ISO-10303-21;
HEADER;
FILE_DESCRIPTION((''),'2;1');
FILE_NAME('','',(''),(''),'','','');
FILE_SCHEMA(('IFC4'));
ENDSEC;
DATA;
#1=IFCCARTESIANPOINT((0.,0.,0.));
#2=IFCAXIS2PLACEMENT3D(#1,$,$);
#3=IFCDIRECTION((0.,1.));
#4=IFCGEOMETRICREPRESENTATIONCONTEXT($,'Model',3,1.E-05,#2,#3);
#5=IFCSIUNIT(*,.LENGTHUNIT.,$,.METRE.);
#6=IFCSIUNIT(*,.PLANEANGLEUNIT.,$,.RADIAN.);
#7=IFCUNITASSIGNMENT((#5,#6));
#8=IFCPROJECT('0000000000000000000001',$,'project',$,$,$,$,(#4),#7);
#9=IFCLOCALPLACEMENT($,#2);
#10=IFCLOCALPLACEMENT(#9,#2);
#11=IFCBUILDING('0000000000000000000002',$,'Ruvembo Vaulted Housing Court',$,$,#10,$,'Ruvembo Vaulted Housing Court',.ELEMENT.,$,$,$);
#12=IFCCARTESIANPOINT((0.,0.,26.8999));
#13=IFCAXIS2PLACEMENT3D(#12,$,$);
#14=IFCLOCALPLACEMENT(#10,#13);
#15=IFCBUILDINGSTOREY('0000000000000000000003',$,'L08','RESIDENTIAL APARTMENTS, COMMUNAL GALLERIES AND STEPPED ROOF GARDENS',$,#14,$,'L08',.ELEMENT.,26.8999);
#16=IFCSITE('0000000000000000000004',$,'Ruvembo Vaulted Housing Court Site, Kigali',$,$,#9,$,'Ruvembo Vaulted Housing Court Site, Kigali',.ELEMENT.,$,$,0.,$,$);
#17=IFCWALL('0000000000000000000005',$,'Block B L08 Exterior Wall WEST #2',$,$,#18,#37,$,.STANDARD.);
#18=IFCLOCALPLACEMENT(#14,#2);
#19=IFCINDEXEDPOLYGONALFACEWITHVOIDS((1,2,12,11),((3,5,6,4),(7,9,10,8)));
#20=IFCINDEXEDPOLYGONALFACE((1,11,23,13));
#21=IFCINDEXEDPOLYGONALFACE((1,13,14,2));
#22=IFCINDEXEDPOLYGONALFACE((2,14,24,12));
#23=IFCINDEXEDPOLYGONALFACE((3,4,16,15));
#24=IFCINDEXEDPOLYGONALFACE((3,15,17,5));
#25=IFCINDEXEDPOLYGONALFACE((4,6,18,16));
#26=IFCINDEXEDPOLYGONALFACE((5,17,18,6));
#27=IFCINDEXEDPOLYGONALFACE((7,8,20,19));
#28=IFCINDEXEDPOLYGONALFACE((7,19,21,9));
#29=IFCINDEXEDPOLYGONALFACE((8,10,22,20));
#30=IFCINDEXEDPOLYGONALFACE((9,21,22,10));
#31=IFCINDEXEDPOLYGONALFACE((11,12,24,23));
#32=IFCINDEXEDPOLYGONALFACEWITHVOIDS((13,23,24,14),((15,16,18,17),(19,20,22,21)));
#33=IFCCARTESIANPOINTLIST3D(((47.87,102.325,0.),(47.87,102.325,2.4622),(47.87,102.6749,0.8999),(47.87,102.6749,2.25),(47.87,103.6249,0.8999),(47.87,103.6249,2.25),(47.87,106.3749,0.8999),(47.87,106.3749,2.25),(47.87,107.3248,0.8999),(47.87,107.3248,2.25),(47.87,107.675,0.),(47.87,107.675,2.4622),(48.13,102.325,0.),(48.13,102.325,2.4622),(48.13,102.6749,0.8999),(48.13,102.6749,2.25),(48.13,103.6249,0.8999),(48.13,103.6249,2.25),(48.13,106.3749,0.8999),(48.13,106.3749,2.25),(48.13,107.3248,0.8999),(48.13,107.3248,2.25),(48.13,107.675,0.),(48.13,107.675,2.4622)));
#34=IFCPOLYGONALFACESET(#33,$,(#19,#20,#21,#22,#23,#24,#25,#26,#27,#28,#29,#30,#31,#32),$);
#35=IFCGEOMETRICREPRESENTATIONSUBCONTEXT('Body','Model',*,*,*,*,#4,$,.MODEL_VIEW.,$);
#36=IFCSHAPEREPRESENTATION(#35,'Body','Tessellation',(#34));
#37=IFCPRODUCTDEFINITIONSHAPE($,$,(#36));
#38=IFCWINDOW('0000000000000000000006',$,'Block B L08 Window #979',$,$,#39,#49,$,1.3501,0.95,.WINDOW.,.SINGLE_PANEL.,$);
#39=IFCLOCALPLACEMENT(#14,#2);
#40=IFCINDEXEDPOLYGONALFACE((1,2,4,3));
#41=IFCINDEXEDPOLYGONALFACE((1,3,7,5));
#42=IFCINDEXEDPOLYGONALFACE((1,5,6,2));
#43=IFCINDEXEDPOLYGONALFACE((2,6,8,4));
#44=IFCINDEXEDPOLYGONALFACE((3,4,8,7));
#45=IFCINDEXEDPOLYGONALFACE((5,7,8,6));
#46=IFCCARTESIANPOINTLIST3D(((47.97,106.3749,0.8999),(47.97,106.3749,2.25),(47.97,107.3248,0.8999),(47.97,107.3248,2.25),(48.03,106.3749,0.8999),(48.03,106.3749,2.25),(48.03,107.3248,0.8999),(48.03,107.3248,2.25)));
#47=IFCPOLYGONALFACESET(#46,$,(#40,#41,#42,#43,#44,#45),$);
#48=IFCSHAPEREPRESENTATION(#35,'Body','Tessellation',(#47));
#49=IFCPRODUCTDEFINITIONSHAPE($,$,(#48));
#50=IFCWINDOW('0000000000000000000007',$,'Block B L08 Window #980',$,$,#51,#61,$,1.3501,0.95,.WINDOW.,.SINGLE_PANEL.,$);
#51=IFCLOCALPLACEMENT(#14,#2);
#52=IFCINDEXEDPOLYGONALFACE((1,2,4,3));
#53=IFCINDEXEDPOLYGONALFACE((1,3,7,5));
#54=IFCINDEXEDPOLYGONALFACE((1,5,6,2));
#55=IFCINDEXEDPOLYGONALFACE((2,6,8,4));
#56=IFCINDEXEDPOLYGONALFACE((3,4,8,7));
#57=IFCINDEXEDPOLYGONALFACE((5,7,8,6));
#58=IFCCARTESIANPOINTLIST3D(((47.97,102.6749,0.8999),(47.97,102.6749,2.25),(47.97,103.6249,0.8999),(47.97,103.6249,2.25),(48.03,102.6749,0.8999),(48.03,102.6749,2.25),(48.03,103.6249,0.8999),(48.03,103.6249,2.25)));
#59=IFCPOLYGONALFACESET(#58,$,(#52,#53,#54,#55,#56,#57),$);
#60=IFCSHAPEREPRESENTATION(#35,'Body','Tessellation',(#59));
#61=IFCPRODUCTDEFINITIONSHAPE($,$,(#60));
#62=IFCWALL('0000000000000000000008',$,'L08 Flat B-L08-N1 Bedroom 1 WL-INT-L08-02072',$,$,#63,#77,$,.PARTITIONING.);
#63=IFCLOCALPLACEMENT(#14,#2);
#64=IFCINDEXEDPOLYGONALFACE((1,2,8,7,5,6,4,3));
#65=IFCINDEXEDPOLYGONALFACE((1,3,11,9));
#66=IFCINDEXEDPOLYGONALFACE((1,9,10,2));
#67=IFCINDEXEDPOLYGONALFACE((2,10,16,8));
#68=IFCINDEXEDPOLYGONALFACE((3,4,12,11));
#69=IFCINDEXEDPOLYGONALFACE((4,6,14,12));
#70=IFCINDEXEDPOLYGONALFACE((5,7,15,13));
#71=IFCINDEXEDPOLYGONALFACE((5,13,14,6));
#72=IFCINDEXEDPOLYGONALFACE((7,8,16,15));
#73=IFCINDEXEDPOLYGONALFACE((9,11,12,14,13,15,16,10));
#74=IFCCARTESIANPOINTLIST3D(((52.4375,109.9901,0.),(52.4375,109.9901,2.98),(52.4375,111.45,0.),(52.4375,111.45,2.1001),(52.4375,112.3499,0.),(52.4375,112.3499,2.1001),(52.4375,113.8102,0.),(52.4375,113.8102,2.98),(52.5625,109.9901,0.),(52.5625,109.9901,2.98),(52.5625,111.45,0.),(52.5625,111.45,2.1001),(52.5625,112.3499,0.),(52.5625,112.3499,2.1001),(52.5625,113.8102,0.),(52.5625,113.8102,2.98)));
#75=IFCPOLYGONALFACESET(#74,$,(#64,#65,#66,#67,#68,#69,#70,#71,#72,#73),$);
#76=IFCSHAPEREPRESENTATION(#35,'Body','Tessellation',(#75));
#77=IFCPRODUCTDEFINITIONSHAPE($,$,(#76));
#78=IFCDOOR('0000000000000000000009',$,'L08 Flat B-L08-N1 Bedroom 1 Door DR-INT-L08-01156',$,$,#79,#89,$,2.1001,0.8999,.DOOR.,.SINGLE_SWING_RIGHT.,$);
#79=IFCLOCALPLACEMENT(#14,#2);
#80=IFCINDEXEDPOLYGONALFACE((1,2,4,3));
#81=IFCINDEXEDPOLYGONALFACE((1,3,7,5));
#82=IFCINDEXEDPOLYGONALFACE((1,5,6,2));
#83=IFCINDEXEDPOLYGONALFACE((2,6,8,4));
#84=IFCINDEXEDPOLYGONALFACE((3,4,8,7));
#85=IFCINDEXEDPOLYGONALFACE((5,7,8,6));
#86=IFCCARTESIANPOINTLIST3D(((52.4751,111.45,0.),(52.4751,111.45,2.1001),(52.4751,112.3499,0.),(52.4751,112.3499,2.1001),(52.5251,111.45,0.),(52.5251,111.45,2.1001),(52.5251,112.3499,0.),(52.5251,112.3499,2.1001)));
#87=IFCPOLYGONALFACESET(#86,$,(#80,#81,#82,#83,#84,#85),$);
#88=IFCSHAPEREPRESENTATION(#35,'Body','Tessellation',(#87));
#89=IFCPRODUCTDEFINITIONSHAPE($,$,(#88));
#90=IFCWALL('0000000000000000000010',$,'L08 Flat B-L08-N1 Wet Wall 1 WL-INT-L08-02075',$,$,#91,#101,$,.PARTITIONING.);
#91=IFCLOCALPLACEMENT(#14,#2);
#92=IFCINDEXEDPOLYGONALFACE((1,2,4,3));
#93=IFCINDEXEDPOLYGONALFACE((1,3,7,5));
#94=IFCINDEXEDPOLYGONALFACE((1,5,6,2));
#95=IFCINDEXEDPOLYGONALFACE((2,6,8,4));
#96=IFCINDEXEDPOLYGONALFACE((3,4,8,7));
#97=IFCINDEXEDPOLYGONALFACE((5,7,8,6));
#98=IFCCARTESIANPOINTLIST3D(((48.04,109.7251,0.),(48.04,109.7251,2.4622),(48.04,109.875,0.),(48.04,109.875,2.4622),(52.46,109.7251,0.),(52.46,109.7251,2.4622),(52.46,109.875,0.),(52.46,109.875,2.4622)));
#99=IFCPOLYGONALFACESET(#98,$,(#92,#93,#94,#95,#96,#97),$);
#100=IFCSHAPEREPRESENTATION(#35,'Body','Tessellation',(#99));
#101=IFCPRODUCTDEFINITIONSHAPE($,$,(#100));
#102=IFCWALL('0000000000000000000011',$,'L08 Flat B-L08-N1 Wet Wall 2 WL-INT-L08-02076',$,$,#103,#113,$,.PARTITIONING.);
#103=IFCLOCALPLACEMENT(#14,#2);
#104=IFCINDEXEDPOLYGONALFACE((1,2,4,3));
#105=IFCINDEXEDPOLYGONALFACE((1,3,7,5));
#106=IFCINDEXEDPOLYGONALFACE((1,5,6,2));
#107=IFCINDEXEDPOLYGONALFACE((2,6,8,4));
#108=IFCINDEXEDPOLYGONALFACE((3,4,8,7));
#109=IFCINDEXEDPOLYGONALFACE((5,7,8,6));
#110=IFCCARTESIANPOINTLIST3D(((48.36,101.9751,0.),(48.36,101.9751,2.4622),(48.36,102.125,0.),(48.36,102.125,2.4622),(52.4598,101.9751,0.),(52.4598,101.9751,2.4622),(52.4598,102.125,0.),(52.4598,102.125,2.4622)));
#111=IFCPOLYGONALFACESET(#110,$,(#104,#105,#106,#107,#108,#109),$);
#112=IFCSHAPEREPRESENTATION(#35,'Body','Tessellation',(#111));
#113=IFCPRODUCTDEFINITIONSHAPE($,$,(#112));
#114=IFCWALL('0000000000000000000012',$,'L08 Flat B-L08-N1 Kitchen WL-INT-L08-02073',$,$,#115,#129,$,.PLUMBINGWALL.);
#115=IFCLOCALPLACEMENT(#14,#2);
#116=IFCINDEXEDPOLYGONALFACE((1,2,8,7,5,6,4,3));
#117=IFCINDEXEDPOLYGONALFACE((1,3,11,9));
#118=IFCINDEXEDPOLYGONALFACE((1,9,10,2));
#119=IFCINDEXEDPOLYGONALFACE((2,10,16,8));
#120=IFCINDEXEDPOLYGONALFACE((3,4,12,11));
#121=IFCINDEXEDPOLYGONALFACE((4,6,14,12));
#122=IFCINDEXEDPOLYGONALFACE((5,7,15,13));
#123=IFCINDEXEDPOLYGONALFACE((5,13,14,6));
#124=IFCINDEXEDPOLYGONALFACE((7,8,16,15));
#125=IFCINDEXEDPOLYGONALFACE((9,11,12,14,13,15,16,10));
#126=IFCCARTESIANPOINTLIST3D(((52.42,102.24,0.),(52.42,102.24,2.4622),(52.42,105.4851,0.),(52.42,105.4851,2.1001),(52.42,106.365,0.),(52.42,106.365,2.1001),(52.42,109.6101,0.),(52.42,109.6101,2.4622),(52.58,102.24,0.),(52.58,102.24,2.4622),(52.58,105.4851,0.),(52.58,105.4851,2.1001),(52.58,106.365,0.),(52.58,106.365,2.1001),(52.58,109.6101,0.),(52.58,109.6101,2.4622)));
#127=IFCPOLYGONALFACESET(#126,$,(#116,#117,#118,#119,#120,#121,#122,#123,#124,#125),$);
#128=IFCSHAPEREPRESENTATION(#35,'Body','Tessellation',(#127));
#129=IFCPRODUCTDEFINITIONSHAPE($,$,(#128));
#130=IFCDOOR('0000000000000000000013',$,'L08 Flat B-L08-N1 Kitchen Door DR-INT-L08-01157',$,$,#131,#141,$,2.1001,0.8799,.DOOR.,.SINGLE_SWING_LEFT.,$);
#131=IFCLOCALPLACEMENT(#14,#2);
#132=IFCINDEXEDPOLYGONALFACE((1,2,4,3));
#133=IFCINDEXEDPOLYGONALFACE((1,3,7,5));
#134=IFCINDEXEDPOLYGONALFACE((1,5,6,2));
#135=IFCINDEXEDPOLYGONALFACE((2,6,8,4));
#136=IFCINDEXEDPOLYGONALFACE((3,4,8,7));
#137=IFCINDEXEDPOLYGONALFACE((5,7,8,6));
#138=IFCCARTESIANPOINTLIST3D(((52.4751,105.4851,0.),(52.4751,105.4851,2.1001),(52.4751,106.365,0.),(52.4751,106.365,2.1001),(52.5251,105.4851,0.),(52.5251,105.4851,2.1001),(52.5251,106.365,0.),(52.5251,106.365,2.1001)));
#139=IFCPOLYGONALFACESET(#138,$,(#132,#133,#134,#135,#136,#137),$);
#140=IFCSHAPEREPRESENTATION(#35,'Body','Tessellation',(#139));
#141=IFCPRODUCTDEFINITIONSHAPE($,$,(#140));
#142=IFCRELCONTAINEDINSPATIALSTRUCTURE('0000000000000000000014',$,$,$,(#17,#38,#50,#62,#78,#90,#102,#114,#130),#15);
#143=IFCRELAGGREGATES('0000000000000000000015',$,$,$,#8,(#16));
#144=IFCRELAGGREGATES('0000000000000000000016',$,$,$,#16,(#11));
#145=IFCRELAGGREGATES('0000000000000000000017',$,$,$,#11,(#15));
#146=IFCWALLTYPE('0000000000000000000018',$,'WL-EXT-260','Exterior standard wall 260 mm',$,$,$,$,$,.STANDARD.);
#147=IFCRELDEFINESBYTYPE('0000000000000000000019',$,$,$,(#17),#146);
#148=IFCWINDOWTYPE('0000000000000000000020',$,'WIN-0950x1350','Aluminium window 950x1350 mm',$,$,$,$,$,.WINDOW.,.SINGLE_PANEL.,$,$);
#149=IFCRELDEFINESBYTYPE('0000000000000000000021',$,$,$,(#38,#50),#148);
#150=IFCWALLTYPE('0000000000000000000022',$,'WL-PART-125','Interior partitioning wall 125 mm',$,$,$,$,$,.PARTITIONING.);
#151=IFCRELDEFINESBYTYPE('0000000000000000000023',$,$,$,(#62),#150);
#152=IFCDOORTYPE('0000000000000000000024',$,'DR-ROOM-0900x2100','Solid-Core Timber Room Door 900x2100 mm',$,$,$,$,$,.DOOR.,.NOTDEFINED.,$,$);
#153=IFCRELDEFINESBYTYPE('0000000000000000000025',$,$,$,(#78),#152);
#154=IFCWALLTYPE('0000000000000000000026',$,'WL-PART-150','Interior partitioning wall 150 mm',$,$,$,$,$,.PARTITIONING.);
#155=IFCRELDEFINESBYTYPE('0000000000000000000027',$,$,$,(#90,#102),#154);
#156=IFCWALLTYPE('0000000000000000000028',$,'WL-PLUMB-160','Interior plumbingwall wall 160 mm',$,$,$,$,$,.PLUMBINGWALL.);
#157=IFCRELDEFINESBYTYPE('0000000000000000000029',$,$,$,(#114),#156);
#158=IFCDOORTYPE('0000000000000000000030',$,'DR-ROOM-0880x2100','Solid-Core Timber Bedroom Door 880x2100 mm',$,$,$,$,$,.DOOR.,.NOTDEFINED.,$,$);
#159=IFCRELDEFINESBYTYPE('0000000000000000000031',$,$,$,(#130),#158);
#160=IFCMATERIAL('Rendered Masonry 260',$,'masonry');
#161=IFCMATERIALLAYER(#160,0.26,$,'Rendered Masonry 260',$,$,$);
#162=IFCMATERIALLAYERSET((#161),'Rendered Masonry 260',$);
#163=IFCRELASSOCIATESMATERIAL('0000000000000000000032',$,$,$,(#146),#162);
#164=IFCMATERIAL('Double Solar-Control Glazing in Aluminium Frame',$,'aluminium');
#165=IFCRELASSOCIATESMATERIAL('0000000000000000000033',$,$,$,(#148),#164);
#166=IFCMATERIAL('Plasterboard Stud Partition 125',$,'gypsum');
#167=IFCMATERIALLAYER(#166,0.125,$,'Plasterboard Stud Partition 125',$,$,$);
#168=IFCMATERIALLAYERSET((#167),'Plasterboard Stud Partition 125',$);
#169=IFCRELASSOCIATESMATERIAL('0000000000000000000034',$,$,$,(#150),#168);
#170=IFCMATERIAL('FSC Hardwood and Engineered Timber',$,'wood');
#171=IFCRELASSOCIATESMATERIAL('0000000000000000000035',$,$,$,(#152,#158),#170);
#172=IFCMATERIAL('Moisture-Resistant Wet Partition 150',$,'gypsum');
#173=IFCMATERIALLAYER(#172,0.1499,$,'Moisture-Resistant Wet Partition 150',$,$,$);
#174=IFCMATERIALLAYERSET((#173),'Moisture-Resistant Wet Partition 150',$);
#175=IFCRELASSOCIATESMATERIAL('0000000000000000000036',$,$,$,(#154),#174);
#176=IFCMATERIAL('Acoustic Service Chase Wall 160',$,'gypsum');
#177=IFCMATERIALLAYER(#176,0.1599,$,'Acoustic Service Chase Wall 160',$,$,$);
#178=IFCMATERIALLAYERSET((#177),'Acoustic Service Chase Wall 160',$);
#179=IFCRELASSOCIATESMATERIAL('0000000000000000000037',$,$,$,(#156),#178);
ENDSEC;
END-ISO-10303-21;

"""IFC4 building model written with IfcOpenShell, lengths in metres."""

from ifc_helpers import new_model, si_unit, direction, frame, frame_2d, origin, place, context, subcontext, project, spatial, rectangle, extrude, material, layer, layer_set, type_object, element, fill, save


model = new_model("IFC4")

# Units and contexts
model_context = context("Model", 3, precision=1e-05, world=origin(), true_north=direction((0.0, 1.0)))
body_context = subcontext(model_context, "Body", "Model", "MODEL_VIEW")
ifc_project = project(units=[si_unit("LENGTHUNIT", "METRE"), si_unit("PLANEANGLEUNIT", "RADIAN")], contexts=[model_context])

# Site, building, storey
site_placement = place(None, origin())
site = spatial("IfcSite", under=ifc_project, at=site_placement, Name="Ruvembo Vaulted Housing Court Site, Kigali", LongName="Ruvembo Vaulted Housing Court Site, Kigali", CompositionType="ELEMENT", RefElevation=0.0)
building_placement = place(site_placement, origin())
building = spatial("IfcBuilding", under=site, at=building_placement, Name="Ruvembo Vaulted Housing Court", LongName="Ruvembo Vaulted Housing Court", CompositionType="ELEMENT")
storey_placement = place(building_placement, frame((0.0, 0.0, 26.8999)))
storey = spatial("IfcBuildingStorey", under=building, at=storey_placement, Name="L08", Description="RESIDENTIAL APARTMENTS, COMMUNAL GALLERIES AND STEPPED ROOF GARDENS", LongName="L08", CompositionType="ELEMENT", Elevation=26.8999)

# Wall, openings, windows
ifc_material_1 = material(Name="Rendered Masonry 260", Category="masonry")
ifc_layer_1 = layer(ifc_material_1, 0.26, Name="Rendered Masonry 260")
ifc_layer_set_1 = layer_set([ifc_layer_1], Name="Rendered Masonry 260")
wall_type_1 = type_object("IfcWallType", Name="WL-EXT-260", Description="Exterior standard wall 260 mm", PredefinedType="STANDARD", material=ifc_layer_set_1)
ifc_material_2 = material(Name="Double Solar-Control Glazing in Aluminium Frame", Category="aluminium")
wall_1_placement = place(storey_placement, frame((48.0, 107.675, 0.0), z_axis=(0.0, 0.0, 1.0), x_axis=(0.0, -1.0, 0.0)))
wall_1 = element("IfcWall", 1, at=wall_1_placement, inside=storey, type_object=wall_type_1, Name="Block B L08 Exterior Wall WEST #2", PredefinedType="STANDARD", context=body_context, shape_type="SweptSolid", body=[
    extrude(rectangle(XDim=5.3501, YDim=0.26, at=frame_2d((2.675, 0.0))), origin(), (0.0, 0.0, 1.0), 2.4622),
])
opening_1_placement = place(wall_1_placement, frame((0.3501, 0.0, 0.8999)))
opening_1 = element("IfcOpeningElement", 2, at=opening_1_placement, cuts=wall_1, PredefinedType="OPENING", context=body_context, shape_type="SweptSolid", body=[
    extrude(rectangle(XDim=0.95, YDim=1.3501, at=frame_2d((0.4751, 0.675))), frame((0.0, 0.1399, 0.0), z_axis=(0.0, -1.0, 0.0), x_axis=(1.0, 0.0, 0.0)), (0.0, 0.0, 1.0), 0.28),
])
opening_2_placement = place(wall_1_placement, frame((4.05, 0.0, 0.8999)))
opening_2 = element("IfcOpeningElement", 3, at=opening_2_placement, cuts=wall_1, PredefinedType="OPENING", context=body_context, shape_type="SweptSolid", body=[
    extrude(rectangle(XDim=0.95, YDim=1.3501, at=frame_2d((0.4751, 0.675))), frame((0.0, 0.1399, 0.0), z_axis=(0.0, -1.0, 0.0), x_axis=(1.0, 0.0, 0.0)), (0.0, 0.0, 1.0), 0.28),
])
window_type_1 = type_object("IfcWindowType", Name="WIN-0950x1350", Description="Aluminium window 950x1350 mm", PartitioningType="SINGLE_PANEL", PredefinedType="WINDOW", material=ifc_material_2)
window_1_placement = place(opening_1_placement, origin())
window_1 = element("IfcWindow", 4, at=window_1_placement, inside=storey, type_object=window_type_1, Name="Block B L08 Window #979", OverallHeight=1.3501, OverallWidth=0.95, PartitioningType="SINGLE_PANEL", PredefinedType="WINDOW", context=body_context, shape_type="SweptSolid", body=[
    extrude(rectangle(XDim=0.95, YDim=1.3501, at=frame_2d((0.4751, 0.675))), frame((0.0, 0.03, 0.0), z_axis=(0.0, -1.0, 0.0), x_axis=(1.0, 0.0, 0.0)), (0.0, 0.0, 1.0), 0.0601),
])
fill(opening_1, window_1)
window_2_placement = place(opening_2_placement, origin())
window_2 = element("IfcWindow", 5, at=window_2_placement, inside=storey, type_object=window_type_1, Name="Block B L08 Window #980", OverallHeight=1.3501, OverallWidth=0.95, PartitioningType="SINGLE_PANEL", PredefinedType="WINDOW", context=body_context, shape_type="SweptSolid", body=[
    extrude(rectangle(XDim=0.95, YDim=1.3501, at=frame_2d((0.4751, 0.675))), frame((0.0, 0.03, 0.0), z_axis=(0.0, -1.0, 0.0), x_axis=(1.0, 0.0, 0.0)), (0.0, 0.0, 1.0), 0.0601),
])
fill(opening_2, window_2)

# Wall, opening, door
ifc_material_3 = material(Name="Plasterboard Stud Partition 125", Category="gypsum")
ifc_layer_2 = layer(ifc_material_3, 0.125, Name="Plasterboard Stud Partition 125")
ifc_layer_set_2 = layer_set([ifc_layer_2], Name="Plasterboard Stud Partition 125")
wall_type_2 = type_object("IfcWallType", Name="WL-PART-125", Description="Interior partitioning wall 125 mm", PredefinedType="PARTITIONING", material=ifc_layer_set_2)
wall_2_placement = place(storey_placement, frame((52.5, 109.99, 0.0), z_axis=(0.0, 0.0, 1.0), x_axis=(0.0, 1.0, 0.0)))
wall_2 = element("IfcWall", 6, at=wall_2_placement, inside=storey, type_object=wall_type_2, Name="L08 Flat B-L08-N1 Bedroom 1 WL-INT-L08-02072", PredefinedType="PARTITIONING", context=body_context, shape_type="SweptSolid", body=[
    extrude(rectangle(XDim=3.8201, YDim=0.125, at=frame_2d((1.9102, 0.0))), origin(), (0.0, 0.0, 1.0), 2.98),
])
opening_3_placement = place(wall_2_placement, frame((1.46, 0.0, 0.0)))
opening_3 = element("IfcOpeningElement", 7, at=opening_3_placement, cuts=wall_2, PredefinedType="OPENING", context=body_context, shape_type="SweptSolid", body=[
    extrude(rectangle(XDim=0.8999, YDim=2.1001, at=frame_2d((0.45, 1.05))), frame((0.0, 0.0725, 0.0), z_axis=(0.0, -1.0, 0.0), x_axis=(1.0, 0.0, 0.0)), (0.0, 0.0, 1.0), 0.145),
])
ifc_material_4 = material(Name="FSC Hardwood and Engineered Timber", Category="wood")
door_type_1 = type_object("IfcDoorType", Name="DR-ROOM-0900x2100", Description="Solid-Core Timber Room Door 900x2100 mm", OperationType="NOTDEFINED", PredefinedType="DOOR", material=ifc_material_4)
door_1_placement = place(opening_3_placement, origin())
door_1 = element("IfcDoor", 8, at=door_1_placement, inside=storey, type_object=door_type_1, Name="L08 Flat B-L08-N1 Bedroom 1 Door DR-INT-L08-01156", OperationType="SINGLE_SWING_RIGHT", OverallHeight=2.1001, OverallWidth=0.8999, PredefinedType="DOOR", context=body_context, shape_type="SweptSolid", body=[
    extrude(rectangle(XDim=0.8999, YDim=2.1001, at=frame_2d((0.45, 1.05))), frame((0.0, 0.0249, 0.0), z_axis=(0.0, -1.0, 0.0), x_axis=(1.0, 0.0, 0.0)), (0.0, 0.0, 1.0), 0.05),
])
fill(opening_3, door_1)

# Walls
ifc_material_5 = material(Name="Moisture-Resistant Wet Partition 150", Category="gypsum")
ifc_layer_3 = layer(ifc_material_5, 0.1499, Name="Moisture-Resistant Wet Partition 150")
ifc_layer_set_3 = layer_set([ifc_layer_3], Name="Moisture-Resistant Wet Partition 150")
wall_type_3 = type_object("IfcWallType", Name="WL-PART-150", Description="Interior partitioning wall 150 mm", PredefinedType="PARTITIONING", material=ifc_layer_set_3)
wall_3_placement = place(storey_placement, frame((48.04, 109.8, 0.0), z_axis=(0.0, 0.0, 1.0), x_axis=(1.0, 0.0, 0.0)))
element("IfcWall", 9, at=wall_3_placement, inside=storey, type_object=wall_type_3, Name="L08 Flat B-L08-N1 Wet Wall 1 WL-INT-L08-02075", PredefinedType="PARTITIONING", context=body_context, shape_type="SweptSolid", body=[
    extrude(rectangle(XDim=4.4199, YDim=0.1499, at=frame_2d((2.21, 0.0))), origin(), (0.0, 0.0, 1.0), 2.4622),
])
wall_4_placement = place(storey_placement, frame((48.3601, 102.05, 0.0), z_axis=(0.0, 0.0, 1.0), x_axis=(1.0, 0.0, 0.0)))
element("IfcWall", 10, at=wall_4_placement, inside=storey, type_object=wall_type_3, Name="L08 Flat B-L08-N1 Wet Wall 2 WL-INT-L08-02076", PredefinedType="PARTITIONING", context=body_context, shape_type="SweptSolid", body=[
    extrude(rectangle(XDim=4.0999, YDim=0.1499, at=frame_2d((2.0498, 0.0))), origin(), (0.0, 0.0, 1.0), 2.4622),
])

# Wall, opening, door
ifc_material_6 = material(Name="Acoustic Service Chase Wall 160", Category="gypsum")
ifc_layer_4 = layer(ifc_material_6, 0.1599, Name="Acoustic Service Chase Wall 160")
ifc_layer_set_4 = layer_set([ifc_layer_4], Name="Acoustic Service Chase Wall 160")
wall_type_4 = type_object("IfcWallType", Name="WL-PLUMB-160", Description="Interior plumbingwall wall 160 mm", PredefinedType="PLUMBINGWALL", material=ifc_layer_set_4)
wall_5_placement = place(storey_placement, frame((52.5, 102.24, 0.0), z_axis=(0.0, 0.0, 1.0), x_axis=(0.0, 1.0, 0.0)))
wall_5 = element("IfcWall", 11, at=wall_5_placement, inside=storey, type_object=wall_type_4, Name="L08 Flat B-L08-N1 Kitchen WL-INT-L08-02073", PredefinedType="PLUMBINGWALL", context=body_context, shape_type="SweptSolid", body=[
    extrude(rectangle(XDim=7.3701, YDim=0.1599, at=frame_2d((3.6851, 0.0))), origin(), (0.0, 0.0, 1.0), 2.4622),
])
opening_4_placement = place(wall_5_placement, frame((3.2451, 0.0, 0.0)))
opening_4 = element("IfcOpeningElement", 12, at=opening_4_placement, cuts=wall_5, PredefinedType="OPENING", context=body_context, shape_type="SweptSolid", body=[
    extrude(rectangle(XDim=0.8799, YDim=2.1001, at=frame_2d((0.4399, 1.05))), frame((0.0, 0.0898, 0.0), z_axis=(0.0, -1.0, 0.0), x_axis=(1.0, 0.0, 0.0)), (0.0, 0.0, 1.0), 0.1799),
])
door_type_2 = type_object("IfcDoorType", Name="DR-ROOM-0880x2100", Description="Solid-Core Timber Bedroom Door 880x2100 mm", OperationType="NOTDEFINED", PredefinedType="DOOR", material=ifc_material_4)
door_2_placement = place(opening_4_placement, origin())
door_2 = element("IfcDoor", 13, at=door_2_placement, inside=storey, type_object=door_type_2, Name="L08 Flat B-L08-N1 Kitchen Door DR-INT-L08-01157", OperationType="SINGLE_SWING_LEFT", OverallHeight=2.1001, OverallWidth=0.8799, PredefinedType="DOOR", context=body_context, shape_type="SweptSolid", body=[
    extrude(rectangle(XDim=0.8799, YDim=2.1001, at=frame_2d((0.4399, 1.05))), frame((0.0, 0.0249, 0.0), z_axis=(0.0, -1.0, 0.0), x_axis=(1.0, 0.0, 0.0)), (0.0, 0.0, 1.0), 0.05),
])
fill(opening_4, door_2)

save(model, "model.ifc")
